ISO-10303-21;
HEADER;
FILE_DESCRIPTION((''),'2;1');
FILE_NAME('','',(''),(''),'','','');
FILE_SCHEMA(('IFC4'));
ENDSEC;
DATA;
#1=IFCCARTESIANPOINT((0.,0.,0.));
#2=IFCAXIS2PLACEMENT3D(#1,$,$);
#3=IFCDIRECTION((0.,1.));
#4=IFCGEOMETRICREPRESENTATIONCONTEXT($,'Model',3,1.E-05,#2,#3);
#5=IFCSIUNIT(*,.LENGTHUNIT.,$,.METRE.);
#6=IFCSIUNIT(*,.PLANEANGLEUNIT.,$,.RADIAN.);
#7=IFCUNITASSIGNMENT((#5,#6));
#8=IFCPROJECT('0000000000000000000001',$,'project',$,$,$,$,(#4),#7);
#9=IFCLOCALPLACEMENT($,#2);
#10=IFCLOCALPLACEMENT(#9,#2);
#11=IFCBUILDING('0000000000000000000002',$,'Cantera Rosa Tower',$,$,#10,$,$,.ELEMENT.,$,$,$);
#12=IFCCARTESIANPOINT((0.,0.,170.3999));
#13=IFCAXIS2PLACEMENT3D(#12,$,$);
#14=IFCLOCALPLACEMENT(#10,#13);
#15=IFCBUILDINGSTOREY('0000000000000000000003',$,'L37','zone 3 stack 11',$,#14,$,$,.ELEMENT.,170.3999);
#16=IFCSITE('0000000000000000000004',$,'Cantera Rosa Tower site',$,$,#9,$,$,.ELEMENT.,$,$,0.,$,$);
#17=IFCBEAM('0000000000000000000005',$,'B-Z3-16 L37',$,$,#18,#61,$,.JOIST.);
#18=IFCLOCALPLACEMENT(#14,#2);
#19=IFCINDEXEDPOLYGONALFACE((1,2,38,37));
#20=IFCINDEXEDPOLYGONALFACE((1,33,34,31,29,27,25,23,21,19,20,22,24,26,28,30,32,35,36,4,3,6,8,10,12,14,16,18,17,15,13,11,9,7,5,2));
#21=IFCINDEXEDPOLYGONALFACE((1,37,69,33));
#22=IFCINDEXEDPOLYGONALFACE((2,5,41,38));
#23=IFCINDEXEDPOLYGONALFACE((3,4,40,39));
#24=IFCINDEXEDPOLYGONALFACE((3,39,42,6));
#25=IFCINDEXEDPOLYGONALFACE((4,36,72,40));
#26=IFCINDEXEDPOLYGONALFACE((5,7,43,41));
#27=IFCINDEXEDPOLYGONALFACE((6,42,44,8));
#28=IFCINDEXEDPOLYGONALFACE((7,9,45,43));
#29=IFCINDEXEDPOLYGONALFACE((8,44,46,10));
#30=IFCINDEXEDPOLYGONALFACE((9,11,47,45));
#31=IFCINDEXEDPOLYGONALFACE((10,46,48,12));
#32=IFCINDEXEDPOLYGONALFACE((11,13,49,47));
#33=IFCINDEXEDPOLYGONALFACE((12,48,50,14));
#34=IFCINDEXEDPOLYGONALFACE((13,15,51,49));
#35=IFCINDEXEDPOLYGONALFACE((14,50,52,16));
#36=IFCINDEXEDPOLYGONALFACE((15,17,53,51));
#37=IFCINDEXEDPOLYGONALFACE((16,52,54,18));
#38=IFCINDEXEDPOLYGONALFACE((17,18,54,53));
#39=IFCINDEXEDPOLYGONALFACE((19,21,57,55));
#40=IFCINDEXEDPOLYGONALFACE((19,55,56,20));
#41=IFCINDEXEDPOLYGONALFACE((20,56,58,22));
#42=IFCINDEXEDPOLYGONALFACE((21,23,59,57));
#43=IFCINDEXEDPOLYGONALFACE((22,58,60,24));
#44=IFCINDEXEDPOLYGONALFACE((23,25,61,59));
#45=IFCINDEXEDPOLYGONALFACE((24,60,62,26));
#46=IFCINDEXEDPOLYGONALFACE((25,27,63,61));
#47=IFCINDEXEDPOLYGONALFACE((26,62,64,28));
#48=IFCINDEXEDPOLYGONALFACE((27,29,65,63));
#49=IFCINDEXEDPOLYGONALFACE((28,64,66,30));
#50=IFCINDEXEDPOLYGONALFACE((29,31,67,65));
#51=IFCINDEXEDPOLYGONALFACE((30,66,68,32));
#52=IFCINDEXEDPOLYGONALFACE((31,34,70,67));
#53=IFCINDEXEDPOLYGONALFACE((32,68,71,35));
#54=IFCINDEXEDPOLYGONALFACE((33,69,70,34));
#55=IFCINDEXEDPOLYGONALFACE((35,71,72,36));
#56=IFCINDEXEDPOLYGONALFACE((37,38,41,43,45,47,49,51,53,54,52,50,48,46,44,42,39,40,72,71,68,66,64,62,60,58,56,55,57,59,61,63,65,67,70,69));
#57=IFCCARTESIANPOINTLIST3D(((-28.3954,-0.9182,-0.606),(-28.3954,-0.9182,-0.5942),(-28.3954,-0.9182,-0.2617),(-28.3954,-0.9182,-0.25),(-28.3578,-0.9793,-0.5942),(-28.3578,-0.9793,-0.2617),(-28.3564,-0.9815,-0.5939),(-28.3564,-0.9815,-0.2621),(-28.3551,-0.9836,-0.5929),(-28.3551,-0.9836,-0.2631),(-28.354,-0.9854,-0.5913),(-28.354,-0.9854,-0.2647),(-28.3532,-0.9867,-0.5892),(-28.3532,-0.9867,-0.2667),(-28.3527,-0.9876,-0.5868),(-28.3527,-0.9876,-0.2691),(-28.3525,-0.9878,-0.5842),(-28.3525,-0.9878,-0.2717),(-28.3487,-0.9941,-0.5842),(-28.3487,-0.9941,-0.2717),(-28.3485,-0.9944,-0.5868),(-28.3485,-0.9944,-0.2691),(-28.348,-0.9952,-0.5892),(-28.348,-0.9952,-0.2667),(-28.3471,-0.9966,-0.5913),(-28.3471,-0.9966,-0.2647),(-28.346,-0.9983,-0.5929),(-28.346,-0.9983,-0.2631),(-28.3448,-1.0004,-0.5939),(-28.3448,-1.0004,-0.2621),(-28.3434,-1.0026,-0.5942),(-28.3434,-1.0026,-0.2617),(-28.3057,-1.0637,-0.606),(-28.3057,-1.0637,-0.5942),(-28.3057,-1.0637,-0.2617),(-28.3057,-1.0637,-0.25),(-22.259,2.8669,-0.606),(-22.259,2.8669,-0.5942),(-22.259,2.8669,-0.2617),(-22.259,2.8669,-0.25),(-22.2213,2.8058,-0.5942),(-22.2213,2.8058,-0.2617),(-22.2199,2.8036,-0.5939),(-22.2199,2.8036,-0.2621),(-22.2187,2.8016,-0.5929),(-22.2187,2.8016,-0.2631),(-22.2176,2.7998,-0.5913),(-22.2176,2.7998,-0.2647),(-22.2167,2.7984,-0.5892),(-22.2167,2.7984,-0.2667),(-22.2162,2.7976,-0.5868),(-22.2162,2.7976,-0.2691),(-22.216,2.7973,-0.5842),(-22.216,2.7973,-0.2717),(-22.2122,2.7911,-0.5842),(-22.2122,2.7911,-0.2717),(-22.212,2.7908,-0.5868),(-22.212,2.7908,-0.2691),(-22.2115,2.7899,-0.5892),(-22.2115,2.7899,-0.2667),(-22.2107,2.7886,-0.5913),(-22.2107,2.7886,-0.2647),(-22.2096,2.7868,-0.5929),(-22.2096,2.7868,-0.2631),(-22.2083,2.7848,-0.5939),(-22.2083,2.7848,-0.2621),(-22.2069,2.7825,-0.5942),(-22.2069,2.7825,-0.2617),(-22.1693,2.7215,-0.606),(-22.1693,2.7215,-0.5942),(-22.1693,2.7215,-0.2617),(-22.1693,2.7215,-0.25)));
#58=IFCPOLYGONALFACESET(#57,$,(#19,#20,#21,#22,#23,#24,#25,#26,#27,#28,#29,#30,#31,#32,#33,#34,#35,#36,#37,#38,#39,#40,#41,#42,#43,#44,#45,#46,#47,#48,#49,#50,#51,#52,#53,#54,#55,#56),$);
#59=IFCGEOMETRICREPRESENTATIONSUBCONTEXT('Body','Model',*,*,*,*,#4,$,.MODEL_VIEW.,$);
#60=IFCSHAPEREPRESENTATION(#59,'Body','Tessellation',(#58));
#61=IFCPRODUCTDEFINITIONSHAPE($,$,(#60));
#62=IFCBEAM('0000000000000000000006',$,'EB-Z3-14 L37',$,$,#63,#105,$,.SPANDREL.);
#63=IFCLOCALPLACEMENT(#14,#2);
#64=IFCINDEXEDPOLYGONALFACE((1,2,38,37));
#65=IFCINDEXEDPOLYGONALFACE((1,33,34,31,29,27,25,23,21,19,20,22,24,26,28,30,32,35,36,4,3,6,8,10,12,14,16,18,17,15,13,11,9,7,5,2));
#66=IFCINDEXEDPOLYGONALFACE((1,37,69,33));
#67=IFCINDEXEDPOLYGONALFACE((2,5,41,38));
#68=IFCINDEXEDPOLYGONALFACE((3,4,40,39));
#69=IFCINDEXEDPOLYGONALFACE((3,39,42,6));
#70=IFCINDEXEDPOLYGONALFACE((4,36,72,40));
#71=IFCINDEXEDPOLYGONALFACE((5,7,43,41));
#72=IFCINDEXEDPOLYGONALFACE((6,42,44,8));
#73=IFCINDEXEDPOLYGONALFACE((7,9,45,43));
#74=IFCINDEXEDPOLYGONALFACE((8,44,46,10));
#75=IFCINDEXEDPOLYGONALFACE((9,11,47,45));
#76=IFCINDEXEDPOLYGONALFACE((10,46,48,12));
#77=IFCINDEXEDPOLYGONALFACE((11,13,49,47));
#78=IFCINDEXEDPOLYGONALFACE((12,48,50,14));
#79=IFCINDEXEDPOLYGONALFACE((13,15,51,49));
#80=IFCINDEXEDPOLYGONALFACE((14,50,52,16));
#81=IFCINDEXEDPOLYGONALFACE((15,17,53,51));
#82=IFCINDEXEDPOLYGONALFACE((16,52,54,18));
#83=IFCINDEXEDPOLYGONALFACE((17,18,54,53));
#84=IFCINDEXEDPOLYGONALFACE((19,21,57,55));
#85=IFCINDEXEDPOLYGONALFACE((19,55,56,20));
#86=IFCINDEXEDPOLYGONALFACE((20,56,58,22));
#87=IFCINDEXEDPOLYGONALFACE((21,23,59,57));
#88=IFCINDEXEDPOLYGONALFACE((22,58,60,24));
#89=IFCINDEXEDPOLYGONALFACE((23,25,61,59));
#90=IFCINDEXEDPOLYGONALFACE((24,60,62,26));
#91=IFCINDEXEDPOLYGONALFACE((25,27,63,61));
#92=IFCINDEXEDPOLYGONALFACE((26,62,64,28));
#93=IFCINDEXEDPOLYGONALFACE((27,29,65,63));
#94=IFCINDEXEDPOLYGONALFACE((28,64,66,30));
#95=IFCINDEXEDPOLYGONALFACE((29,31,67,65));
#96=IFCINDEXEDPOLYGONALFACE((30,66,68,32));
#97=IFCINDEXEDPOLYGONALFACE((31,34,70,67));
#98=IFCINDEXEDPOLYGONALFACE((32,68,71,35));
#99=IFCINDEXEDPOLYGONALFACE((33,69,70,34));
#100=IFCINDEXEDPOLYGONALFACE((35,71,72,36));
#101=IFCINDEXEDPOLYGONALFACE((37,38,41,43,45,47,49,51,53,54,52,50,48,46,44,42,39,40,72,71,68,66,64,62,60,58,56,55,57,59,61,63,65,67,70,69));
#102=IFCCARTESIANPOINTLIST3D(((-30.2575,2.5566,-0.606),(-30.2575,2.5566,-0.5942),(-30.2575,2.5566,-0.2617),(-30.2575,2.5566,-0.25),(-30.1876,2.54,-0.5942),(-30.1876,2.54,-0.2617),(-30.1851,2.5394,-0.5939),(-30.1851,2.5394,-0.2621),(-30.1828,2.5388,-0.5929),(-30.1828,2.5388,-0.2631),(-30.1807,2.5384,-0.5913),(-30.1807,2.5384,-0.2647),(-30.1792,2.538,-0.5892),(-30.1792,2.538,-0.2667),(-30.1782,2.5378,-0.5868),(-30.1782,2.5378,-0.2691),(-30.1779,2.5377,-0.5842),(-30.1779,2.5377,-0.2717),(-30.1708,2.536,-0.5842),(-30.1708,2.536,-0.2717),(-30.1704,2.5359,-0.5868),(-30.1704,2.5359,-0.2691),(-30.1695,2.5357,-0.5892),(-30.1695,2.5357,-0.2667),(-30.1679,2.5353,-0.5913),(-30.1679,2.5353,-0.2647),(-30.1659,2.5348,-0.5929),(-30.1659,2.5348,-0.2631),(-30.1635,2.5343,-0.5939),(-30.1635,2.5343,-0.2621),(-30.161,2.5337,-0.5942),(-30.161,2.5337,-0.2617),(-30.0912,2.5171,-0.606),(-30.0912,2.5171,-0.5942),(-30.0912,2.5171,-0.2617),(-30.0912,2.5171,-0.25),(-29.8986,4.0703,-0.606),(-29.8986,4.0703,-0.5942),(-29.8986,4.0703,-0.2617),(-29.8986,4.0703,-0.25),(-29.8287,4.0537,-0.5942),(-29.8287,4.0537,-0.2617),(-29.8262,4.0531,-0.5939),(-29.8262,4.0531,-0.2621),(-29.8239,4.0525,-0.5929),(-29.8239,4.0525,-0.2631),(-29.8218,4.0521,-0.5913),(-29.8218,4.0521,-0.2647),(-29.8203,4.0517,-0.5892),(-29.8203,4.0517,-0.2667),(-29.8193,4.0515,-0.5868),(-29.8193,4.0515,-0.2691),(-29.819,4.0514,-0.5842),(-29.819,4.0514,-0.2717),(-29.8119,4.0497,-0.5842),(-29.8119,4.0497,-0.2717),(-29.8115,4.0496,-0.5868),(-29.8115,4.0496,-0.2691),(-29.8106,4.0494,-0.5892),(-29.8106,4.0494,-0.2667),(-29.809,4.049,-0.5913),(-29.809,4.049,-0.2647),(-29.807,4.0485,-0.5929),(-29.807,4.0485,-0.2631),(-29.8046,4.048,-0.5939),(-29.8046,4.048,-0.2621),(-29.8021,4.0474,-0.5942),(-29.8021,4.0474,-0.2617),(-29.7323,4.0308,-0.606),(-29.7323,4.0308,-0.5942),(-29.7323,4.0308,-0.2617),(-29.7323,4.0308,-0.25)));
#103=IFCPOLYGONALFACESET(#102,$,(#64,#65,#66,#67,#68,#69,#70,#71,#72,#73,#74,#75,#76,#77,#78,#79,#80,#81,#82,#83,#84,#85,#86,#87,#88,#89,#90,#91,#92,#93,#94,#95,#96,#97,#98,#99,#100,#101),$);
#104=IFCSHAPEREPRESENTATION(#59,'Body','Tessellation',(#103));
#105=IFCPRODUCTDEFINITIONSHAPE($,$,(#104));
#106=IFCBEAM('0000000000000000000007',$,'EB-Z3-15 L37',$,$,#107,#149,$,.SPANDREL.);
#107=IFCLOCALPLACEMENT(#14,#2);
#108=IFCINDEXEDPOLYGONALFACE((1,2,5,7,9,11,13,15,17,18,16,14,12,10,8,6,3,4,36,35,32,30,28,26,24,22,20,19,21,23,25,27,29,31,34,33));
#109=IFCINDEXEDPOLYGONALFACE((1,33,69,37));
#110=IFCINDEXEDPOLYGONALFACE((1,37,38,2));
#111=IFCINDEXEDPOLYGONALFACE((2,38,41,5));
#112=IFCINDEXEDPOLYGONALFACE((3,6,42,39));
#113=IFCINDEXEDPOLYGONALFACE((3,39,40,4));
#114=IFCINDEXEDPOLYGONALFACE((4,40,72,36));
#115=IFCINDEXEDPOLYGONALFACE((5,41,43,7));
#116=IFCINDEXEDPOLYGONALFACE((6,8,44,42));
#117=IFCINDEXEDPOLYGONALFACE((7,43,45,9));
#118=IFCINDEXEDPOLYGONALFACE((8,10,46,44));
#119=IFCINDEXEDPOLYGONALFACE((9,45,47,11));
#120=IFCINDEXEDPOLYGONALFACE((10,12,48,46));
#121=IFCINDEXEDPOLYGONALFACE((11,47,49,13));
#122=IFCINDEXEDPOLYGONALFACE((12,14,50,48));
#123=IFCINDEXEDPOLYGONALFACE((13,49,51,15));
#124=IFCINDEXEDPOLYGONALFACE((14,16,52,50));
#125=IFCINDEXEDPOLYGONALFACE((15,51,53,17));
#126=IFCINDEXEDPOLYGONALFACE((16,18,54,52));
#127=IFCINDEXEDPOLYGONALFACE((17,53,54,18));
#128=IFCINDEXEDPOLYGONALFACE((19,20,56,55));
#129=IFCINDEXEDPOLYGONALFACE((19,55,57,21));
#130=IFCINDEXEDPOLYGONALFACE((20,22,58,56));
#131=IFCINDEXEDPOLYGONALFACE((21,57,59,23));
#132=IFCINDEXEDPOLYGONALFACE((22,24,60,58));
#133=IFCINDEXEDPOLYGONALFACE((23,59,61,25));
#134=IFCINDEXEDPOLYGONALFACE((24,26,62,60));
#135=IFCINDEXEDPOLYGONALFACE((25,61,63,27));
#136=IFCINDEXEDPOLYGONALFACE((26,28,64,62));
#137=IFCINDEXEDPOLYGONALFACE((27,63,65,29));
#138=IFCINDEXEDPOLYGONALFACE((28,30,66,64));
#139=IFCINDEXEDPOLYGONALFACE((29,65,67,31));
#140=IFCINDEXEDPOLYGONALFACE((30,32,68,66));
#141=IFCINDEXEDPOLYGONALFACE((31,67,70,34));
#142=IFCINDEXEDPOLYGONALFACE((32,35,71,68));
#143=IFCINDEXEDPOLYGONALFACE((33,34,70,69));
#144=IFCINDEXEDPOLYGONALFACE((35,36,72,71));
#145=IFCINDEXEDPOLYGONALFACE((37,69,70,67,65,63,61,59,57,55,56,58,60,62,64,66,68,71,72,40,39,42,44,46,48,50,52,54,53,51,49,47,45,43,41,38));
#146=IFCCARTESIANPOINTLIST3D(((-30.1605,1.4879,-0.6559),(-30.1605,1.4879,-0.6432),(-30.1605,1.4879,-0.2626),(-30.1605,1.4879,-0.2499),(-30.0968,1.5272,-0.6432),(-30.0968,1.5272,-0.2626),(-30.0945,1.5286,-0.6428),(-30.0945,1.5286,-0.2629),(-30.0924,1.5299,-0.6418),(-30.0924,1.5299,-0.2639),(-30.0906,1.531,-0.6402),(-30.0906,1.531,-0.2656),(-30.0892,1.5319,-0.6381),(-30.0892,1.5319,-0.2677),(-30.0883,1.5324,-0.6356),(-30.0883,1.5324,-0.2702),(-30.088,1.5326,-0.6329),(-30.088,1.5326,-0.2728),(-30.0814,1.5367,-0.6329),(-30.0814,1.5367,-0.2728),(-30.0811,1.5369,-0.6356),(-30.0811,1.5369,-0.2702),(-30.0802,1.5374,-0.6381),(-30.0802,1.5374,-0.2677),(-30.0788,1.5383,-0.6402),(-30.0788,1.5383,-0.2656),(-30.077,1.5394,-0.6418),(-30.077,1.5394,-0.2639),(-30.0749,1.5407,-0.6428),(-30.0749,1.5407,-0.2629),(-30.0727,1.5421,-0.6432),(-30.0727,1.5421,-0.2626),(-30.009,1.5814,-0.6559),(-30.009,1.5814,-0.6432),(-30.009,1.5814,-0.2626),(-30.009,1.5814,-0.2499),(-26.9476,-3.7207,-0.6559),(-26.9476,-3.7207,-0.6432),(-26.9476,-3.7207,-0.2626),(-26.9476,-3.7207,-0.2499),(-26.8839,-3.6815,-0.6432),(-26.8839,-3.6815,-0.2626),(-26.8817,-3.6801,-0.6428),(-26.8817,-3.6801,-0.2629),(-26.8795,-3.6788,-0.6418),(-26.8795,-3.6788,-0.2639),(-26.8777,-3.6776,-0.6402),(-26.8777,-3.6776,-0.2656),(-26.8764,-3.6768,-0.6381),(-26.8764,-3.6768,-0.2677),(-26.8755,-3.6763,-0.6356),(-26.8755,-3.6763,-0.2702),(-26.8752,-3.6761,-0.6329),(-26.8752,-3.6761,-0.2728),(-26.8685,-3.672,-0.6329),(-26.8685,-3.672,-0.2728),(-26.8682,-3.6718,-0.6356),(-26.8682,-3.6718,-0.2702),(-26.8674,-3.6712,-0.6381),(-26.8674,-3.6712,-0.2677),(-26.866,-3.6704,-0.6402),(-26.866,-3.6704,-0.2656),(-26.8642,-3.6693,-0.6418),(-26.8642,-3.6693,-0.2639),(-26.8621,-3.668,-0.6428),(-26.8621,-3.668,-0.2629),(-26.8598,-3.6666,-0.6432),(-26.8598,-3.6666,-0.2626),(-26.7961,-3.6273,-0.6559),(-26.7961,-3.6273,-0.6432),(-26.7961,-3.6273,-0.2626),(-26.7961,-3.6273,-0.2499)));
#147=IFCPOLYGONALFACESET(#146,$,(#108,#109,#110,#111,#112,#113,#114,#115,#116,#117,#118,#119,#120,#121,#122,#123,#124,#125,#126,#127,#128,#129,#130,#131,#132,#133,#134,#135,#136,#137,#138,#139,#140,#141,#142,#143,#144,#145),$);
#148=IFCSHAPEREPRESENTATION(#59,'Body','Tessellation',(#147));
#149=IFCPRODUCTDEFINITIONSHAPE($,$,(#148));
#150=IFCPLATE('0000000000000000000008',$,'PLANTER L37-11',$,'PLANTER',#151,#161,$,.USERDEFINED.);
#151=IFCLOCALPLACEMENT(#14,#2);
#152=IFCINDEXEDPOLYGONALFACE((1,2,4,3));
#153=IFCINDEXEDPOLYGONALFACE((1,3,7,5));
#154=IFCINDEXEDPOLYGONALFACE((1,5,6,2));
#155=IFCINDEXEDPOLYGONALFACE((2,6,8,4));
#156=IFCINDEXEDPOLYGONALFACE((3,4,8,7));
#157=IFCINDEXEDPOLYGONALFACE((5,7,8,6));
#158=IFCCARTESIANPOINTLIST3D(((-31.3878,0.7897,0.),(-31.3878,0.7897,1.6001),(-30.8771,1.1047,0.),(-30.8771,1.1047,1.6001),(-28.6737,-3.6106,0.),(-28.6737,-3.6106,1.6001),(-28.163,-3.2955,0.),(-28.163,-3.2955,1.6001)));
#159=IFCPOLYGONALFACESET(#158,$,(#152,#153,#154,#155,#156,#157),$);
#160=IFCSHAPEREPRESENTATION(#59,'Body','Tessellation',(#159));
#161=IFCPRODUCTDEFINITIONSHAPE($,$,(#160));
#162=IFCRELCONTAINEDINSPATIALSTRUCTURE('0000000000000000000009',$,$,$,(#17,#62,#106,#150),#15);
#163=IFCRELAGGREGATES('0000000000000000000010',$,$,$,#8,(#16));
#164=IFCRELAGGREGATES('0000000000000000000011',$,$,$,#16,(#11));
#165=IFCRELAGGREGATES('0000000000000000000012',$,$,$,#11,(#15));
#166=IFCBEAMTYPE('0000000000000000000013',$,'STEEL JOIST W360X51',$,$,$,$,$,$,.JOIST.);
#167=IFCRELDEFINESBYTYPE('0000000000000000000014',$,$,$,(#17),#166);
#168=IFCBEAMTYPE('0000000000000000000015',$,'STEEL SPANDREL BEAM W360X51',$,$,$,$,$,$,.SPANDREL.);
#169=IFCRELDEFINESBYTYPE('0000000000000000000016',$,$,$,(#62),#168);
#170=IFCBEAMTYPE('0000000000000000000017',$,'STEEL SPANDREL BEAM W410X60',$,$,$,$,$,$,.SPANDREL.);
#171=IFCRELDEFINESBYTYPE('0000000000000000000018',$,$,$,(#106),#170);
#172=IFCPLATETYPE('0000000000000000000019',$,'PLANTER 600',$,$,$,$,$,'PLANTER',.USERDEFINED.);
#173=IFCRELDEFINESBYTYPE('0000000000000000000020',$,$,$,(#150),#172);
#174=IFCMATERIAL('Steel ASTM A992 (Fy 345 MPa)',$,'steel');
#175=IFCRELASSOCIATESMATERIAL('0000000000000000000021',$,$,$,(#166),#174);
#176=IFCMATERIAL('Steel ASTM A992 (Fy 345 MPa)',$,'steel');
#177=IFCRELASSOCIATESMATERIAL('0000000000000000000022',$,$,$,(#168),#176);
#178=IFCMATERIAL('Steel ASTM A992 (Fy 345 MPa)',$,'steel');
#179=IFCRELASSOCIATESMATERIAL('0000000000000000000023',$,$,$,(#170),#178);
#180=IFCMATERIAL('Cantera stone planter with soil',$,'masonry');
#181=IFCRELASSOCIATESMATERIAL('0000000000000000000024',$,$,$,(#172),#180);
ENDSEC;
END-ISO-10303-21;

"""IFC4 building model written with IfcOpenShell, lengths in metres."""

from ifc_helpers import new_model, si_unit, direction, frame, origin, origin_2d, place, context, subcontext, project, spatial, rectangle, i_section, extrude, material, material_profile, profile_set, type_object, element, save


model = new_model("IFC4")

# Units and contexts
model_context = context("Model", 3, precision=1e-05, world=origin(), true_north=direction((0.0, 1.0)))
body_context = subcontext(model_context, "Body", "Model", "MODEL_VIEW")
ifc_project = project(units=[si_unit("LENGTHUNIT", "METRE"), si_unit("PLANEANGLEUNIT", "RADIAN")], contexts=[model_context])

# Site, building, storey
site_placement = place(None, origin())
site = spatial("IfcSite", under=ifc_project, at=site_placement, Name="Cantera Rosa Tower site", CompositionType="ELEMENT", RefElevation=0.0)
building_placement = place(site_placement, origin())
building = spatial("IfcBuilding", under=site, at=building_placement, Name="Cantera Rosa Tower", CompositionType="ELEMENT")
storey_placement = place(building_placement, frame((0.0, 0.0, 170.3999)))
storey = spatial("IfcBuildingStorey", under=building, at=storey_placement, Name="L37", Description="zone 3 stack 11", CompositionType="ELEMENT", Elevation=170.3999)

# Beams
ifc_material_1 = material(Name="Steel ASTM A992 (Fy 345 MPa)", Category="steel")
ifc_material_profile_1 = material_profile(ifc_material_1, i_section(OverallWidth=0.1709, OverallDepth=0.356, WebThickness=0.0073, FlangeThickness=0.0117, FilletRadius=0.01, at=origin_2d()), Name="W360X51")
ifc_profile_set_1 = profile_set([ifc_material_profile_1], Name="Steel ASTM A992 (Fy 345 MPa)")
beam_type_1 = type_object("IfcBeamType", Name="STEEL JOIST W360X51", PredefinedType="JOIST", material=ifc_profile_set_1)
beam_1_placement = place(storey_placement, frame((-28.3506, -0.991, -0.428), z_axis=(0.851109, 0.524989, 0.0), x_axis=(-0.524989, 0.851109, 0.0)))
element("IfcBeam", 1, at=beam_1_placement, inside=storey, type_object=beam_type_1, Name="B-Z3-16 L37", PredefinedType="JOIST", context=body_context, shape_type="SweptSolid", body=[
    extrude(i_section(OverallWidth=0.1709, OverallDepth=0.356, WebThickness=0.0073, FlangeThickness=0.0117, FilletRadius=0.01, at=origin_2d()), origin(), (0.0, 0.0, 1.0), 7.21),
])
ifc_material_2 = material(Name="Steel ASTM A992 (Fy 345 MPa)", Category="steel")
ifc_material_profile_2 = material_profile(ifc_material_2, i_section(OverallWidth=0.1709, OverallDepth=0.356, WebThickness=0.0073, FlangeThickness=0.0117, FilletRadius=0.01, at=origin_2d()), Name="W360X51")
ifc_profile_set_2 = profile_set([ifc_material_profile_2], Name="Steel ASTM A992 (Fy 345 MPa)")
beam_type_2 = type_object("IfcBeamType", Name="STEEL SPANDREL BEAM W360X51", PredefinedType="SPANDREL", material=ifc_profile_set_2)
beam_2_placement = place(storey_placement, frame((-29.8154, 4.0505, -0.428), z_axis=(-0.230701, -0.973025, 0.0), x_axis=(0.973025, -0.230701, 0.0)))
element("IfcBeam", 2, at=beam_2_placement, inside=storey, type_object=beam_type_2, Name="EB-Z3-14 L37", PredefinedType="SPANDREL", context=body_context, shape_type="SweptSolid", body=[
    extrude(i_section(OverallWidth=0.1709, OverallDepth=0.356, WebThickness=0.0073, FlangeThickness=0.0117, FilletRadius=0.01, at=origin_2d()), origin(), (0.0, 0.0, 1.0), 1.5557),
])
ifc_material_3 = material(Name="Steel ASTM A992 (Fy 345 MPa)", Category="steel")
ifc_material_profile_3 = material_profile(ifc_material_3, i_section(OverallWidth=0.178, OverallDepth=0.406, WebThickness=0.0078, FlangeThickness=0.0127, FilletRadius=0.0103, at=origin_2d()), Name="W410X60")
ifc_profile_set_3 = profile_set([ifc_material_profile_3], Name="Steel ASTM A992 (Fy 345 MPa)")
beam_type_3 = type_object("IfcBeamType", Name="STEEL SPANDREL BEAM W410X60", PredefinedType="SPANDREL", material=ifc_profile_set_3)
beam_3_placement = place(storey_placement, frame((-30.0847, 1.5347, -0.4529), z_axis=(0.524987, -0.85111, 0.0), x_axis=(0.85111, 0.524987, 0.0)))
element("IfcBeam", 3, at=beam_3_placement, inside=storey, type_object=beam_type_3, Name="EB-Z3-15 L37", PredefinedType="SPANDREL", context=body_context, shape_type="SweptSolid", body=[
    extrude(i_section(OverallWidth=0.178, OverallDepth=0.406, WebThickness=0.0078, FlangeThickness=0.0127, FilletRadius=0.0103, at=origin_2d()), origin(), (0.0, 0.0, 1.0), 6.1199),
])

# Plate
ifc_material_4 = material(Name="Cantera stone planter with soil", Category="masonry")
plate_type = type_object("IfcPlateType", Name="PLANTER 600", ElementType="PLANTER", PredefinedType="USERDEFINED", material=ifc_material_4)
plate_placement = place(storey_placement, frame((-29.7754, -1.2529, 0.0), z_axis=(0.0, 0.0, 1.0), x_axis=(0.524977, -0.851117, 0.0)))
element("IfcPlate", 4, at=plate_placement, inside=storey, type_object=plate_type, Name="PLANTER L37-11", ObjectType="PLANTER", PredefinedType="USERDEFINED", context=body_context, shape_type="SweptSolid", body=[
    extrude(rectangle(XDim=5.1699, YDim=0.6001, at=origin_2d()), origin(), (0.0, 0.0, 1.0), 1.6001),
])

save(model, "model.ifc")
